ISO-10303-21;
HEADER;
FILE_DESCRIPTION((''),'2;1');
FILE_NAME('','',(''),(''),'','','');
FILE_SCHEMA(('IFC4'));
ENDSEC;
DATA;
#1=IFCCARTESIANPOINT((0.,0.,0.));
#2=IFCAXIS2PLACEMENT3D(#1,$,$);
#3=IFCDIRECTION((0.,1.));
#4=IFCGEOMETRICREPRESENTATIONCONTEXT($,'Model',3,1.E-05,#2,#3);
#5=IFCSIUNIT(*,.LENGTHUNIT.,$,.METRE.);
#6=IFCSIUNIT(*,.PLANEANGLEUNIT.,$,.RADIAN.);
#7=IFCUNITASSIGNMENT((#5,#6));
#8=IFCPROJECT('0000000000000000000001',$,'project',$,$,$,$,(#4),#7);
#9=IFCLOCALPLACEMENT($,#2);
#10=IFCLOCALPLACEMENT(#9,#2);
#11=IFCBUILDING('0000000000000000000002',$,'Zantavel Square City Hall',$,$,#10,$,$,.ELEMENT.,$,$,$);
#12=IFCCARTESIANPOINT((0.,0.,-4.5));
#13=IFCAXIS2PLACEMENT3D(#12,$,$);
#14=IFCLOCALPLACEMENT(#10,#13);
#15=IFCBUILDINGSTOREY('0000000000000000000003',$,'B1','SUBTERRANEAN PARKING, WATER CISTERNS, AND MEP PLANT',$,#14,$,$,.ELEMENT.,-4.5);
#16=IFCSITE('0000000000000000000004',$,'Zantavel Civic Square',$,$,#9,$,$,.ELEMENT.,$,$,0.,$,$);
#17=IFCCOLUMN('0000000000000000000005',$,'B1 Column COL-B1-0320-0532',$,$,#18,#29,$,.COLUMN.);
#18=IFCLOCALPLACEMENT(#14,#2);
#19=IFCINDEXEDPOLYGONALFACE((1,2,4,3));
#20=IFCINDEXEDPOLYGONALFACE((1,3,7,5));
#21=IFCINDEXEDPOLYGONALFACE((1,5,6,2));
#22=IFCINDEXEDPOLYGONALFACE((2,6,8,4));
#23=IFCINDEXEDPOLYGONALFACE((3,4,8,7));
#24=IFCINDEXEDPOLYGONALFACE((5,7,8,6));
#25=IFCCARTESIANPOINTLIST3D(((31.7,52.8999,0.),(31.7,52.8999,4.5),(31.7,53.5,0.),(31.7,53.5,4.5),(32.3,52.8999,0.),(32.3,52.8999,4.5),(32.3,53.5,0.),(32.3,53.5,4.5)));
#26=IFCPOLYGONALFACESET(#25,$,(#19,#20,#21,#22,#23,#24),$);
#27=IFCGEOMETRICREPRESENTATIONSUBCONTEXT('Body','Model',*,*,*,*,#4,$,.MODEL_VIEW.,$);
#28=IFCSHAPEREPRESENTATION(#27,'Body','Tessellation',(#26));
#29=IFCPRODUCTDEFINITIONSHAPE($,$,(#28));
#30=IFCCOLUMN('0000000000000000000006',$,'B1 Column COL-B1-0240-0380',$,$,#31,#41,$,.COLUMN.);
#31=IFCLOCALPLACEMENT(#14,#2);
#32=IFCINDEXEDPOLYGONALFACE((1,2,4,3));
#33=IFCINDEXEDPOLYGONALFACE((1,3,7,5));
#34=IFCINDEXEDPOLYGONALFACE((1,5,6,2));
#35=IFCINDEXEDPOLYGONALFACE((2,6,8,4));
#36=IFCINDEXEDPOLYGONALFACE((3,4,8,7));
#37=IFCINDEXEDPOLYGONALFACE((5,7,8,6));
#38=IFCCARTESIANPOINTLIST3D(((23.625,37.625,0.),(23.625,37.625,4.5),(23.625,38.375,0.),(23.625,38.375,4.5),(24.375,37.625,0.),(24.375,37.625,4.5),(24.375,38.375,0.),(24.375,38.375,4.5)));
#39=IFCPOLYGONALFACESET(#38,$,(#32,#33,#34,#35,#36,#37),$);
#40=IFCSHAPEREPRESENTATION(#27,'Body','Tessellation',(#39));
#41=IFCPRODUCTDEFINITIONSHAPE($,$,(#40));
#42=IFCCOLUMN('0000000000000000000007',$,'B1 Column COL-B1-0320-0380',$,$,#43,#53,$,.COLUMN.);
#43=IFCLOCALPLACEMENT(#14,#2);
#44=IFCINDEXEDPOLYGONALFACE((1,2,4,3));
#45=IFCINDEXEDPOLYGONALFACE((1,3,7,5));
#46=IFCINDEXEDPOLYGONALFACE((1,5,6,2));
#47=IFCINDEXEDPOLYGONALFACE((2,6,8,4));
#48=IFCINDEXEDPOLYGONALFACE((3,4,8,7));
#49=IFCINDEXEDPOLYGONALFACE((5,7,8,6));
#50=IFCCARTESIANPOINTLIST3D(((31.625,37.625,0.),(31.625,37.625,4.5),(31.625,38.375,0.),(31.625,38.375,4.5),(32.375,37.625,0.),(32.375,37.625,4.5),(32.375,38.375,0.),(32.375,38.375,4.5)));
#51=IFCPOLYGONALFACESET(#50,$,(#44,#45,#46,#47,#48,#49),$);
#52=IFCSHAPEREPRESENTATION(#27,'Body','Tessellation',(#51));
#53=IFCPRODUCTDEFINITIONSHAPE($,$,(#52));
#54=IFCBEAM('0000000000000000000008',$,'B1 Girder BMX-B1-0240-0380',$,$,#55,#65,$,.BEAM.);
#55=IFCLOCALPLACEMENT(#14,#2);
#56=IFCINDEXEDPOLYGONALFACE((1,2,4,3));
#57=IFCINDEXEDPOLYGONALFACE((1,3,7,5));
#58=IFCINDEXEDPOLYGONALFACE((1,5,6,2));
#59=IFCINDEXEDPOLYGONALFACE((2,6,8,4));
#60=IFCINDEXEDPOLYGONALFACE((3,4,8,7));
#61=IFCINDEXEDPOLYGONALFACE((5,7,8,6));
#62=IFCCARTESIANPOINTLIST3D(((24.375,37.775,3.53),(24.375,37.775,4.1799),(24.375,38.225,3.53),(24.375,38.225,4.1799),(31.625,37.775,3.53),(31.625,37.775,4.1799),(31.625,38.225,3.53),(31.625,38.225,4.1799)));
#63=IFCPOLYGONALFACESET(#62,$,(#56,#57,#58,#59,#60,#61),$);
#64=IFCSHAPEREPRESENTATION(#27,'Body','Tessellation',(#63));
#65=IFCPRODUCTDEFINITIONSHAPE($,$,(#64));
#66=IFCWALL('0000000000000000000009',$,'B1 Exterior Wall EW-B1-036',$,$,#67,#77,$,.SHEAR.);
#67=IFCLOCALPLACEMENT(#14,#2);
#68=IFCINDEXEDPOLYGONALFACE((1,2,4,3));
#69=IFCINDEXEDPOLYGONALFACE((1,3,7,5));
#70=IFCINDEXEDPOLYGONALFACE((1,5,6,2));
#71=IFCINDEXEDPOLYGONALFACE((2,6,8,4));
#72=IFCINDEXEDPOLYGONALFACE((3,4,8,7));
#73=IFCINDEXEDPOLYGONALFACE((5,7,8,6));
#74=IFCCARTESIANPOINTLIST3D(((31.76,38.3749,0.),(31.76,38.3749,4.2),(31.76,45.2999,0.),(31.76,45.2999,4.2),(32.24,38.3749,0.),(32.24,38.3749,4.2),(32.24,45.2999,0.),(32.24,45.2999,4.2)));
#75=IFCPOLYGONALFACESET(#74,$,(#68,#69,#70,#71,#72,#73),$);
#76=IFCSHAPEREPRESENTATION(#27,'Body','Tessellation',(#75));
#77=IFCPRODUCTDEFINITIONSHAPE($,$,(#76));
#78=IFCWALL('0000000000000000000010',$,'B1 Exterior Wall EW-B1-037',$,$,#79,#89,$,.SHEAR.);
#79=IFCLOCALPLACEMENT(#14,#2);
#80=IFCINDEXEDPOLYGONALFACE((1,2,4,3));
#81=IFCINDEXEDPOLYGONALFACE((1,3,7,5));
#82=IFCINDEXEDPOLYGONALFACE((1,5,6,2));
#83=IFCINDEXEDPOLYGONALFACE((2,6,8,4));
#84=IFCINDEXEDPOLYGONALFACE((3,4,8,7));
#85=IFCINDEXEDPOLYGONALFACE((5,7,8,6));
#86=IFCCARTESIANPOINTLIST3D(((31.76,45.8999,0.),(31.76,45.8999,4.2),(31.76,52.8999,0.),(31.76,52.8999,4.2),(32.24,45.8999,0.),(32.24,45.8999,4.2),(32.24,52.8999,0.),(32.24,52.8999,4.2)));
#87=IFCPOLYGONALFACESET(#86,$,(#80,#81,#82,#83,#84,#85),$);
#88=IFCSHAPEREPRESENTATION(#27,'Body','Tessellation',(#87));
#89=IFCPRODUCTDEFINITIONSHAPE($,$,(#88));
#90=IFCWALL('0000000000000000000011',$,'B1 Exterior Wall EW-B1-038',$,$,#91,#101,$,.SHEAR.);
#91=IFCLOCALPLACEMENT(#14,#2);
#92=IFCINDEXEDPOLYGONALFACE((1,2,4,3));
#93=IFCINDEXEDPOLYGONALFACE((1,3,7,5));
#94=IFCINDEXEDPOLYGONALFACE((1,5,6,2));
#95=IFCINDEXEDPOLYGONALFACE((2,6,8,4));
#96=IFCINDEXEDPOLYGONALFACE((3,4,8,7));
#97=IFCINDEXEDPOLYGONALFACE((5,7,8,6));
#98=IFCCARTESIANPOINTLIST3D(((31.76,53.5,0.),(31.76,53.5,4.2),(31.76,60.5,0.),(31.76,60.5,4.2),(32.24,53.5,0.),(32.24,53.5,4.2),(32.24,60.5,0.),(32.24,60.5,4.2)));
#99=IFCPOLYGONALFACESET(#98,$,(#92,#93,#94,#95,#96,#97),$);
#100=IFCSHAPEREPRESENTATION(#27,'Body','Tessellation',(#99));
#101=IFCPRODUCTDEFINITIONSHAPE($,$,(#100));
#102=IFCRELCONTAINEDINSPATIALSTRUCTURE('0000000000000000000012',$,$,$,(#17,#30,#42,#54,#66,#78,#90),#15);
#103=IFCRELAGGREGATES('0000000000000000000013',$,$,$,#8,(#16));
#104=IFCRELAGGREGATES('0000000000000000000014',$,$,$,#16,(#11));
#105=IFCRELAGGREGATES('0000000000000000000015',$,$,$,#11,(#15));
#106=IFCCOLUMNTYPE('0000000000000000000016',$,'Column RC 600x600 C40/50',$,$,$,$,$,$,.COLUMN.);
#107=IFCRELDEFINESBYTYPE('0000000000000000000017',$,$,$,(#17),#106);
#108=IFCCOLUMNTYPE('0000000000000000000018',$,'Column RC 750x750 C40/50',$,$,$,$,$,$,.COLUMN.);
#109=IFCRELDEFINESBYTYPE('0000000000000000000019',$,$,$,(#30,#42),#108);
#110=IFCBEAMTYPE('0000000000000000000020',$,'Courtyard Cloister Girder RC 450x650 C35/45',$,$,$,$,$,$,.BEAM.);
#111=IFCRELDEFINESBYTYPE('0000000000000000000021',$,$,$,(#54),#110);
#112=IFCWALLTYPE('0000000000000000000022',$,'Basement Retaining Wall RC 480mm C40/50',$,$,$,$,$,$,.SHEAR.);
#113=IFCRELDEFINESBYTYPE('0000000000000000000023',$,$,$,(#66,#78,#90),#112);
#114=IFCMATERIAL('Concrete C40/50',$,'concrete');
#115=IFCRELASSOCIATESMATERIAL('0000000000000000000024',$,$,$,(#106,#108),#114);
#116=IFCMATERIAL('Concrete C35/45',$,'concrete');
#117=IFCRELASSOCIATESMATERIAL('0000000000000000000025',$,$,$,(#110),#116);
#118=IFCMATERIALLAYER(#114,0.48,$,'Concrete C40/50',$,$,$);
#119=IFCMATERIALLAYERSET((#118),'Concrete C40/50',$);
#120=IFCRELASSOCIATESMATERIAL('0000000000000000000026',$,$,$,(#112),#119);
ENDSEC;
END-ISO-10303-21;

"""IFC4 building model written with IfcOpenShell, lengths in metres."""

from ifc_helpers import new_model, si_unit, direction, frame, frame_2d, origin, origin_2d, place, context, subcontext, project, spatial, rectangle, extrude, material, layer, layer_set, material_profile, profile_set, type_object, element, save


model = new_model("IFC4")

# Units and contexts
model_context = context("Model", 3, precision=1e-05, world=origin(), true_north=direction((0.0, 1.0)))
body_context = subcontext(model_context, "Body", "Model", "MODEL_VIEW")
ifc_project = project(units=[si_unit("LENGTHUNIT", "METRE"), si_unit("PLANEANGLEUNIT", "RADIAN")], contexts=[model_context])

# Site, building, storey
site_placement = place(None, origin())
site = spatial("IfcSite", under=ifc_project, at=site_placement, Name="Zantavel Civic Square", CompositionType="ELEMENT", RefElevation=0.0)
building_placement = place(site_placement, origin())
building = spatial("IfcBuilding", under=site, at=building_placement, Name="Zantavel Square City Hall", CompositionType="ELEMENT")
storey_placement = place(building_placement, frame((0.0, 0.0, -4.5)))
storey = spatial("IfcBuildingStorey", under=building, at=storey_placement, Name="B1", Description="SUBTERRANEAN PARKING, WATER CISTERNS, AND MEP PLANT", CompositionType="ELEMENT", Elevation=-4.5)

# Shared definitions
ifc_material_1 = material(Name="Concrete C35/45", Category="concrete")

# Shared definitions
ifc_material_2 = material(Name="Concrete C40/50", Category="concrete")

# Columns
ifc_material_profile_1 = material_profile(ifc_material_2, rectangle(XDim=0.6001, YDim=0.6001, at=origin_2d()), Name="RC 600x600")
ifc_profile_set_1 = profile_set([ifc_material_profile_1], Name="Concrete C40/50")
column_type_1 = type_object("IfcColumnType", Name="Column RC 600x600 C40/50", PredefinedType="COLUMN", material=ifc_profile_set_1)
for number, where, z_axis, x_axis, name in (
    (1, (32.0, 53.2, 0.0), (0.0, 0.0, 1.0), (1.0, 0.0, 0.0), "B1 Column COL-B1-0320-0532"),
):
    element("IfcColumn", number, at=place(storey_placement, frame(where, z_axis=z_axis, x_axis=x_axis)), inside=storey, type_object=column_type_1, Name=name, PredefinedType="COLUMN", context=body_context, shape_type="SweptSolid", body=[
        extrude(rectangle(XDim=0.6001, YDim=0.6001, at=origin_2d()), origin(), (0.0, 0.0, 1.0), 4.5),
    ])
ifc_material_profile_2 = material_profile(ifc_material_2, rectangle(XDim=0.75, YDim=0.75, at=origin_2d()), Name="RC 750x750")
ifc_profile_set_2 = profile_set([ifc_material_profile_2], Name="Concrete C40/50")
column_type_2 = type_object("IfcColumnType", Name="Column RC 750x750 C40/50", PredefinedType="COLUMN", material=ifc_profile_set_2)
for number, where, z_axis, x_axis, name in (
    (2, (24.0, 38.0, 0.0), (0.0, 0.0, 1.0), (1.0, 0.0, 0.0), "B1 Column COL-B1-0240-0380"),
    (3, (32.0, 38.0, 0.0), (0.0, 0.0, 1.0), (1.0, 0.0, 0.0), "B1 Column COL-B1-0320-0380"),
):
    element("IfcColumn", number, at=place(storey_placement, frame(where, z_axis=z_axis, x_axis=x_axis)), inside=storey, type_object=column_type_2, Name=name, PredefinedType="COLUMN", context=body_context, shape_type="SweptSolid", body=[
        extrude(rectangle(XDim=0.75, YDim=0.75, at=origin_2d()), origin(), (0.0, 0.0, 1.0), 4.5),
    ])

# Beam
ifc_material_profile_3 = material_profile(ifc_material_1, rectangle(XDim=0.45, YDim=0.6499, at=origin_2d()), Name="RC 450x650")
ifc_profile_set_3 = profile_set([ifc_material_profile_3], Name="Concrete C35/45")
beam_type = type_object("IfcBeamType", Name="Courtyard Cloister Girder RC 450x650 C35/45", PredefinedType="BEAM", material=ifc_profile_set_3)
beam_placement = place(storey_placement, frame((24.375, 38.0, 3.855), z_axis=(1.0, 0.0, 0.0), x_axis=(0.0, 1.0, 0.0)))
element("IfcBeam", 4, at=beam_placement, inside=storey, type_object=beam_type, Name="B1 Girder BMX-B1-0240-0380", PredefinedType="BEAM", context=body_context, shape_type="SweptSolid", body=[
    extrude(rectangle(XDim=0.45, YDim=0.6499, at=origin_2d()), origin(), (0.0, 0.0, 1.0), 7.25),
])

# Walls
ifc_layer_1 = layer(ifc_material_2, 0.48, Name="Concrete C40/50")
ifc_layer_set_1 = layer_set([ifc_layer_1], Name="Concrete C40/50")
wall_type = type_object("IfcWallType", Name="Basement Retaining Wall RC 480mm C40/50", PredefinedType="SHEAR", material=ifc_layer_set_1)
wall_placement = place(storey_placement, frame((32.0, 38.375, 0.0), z_axis=(0.0, 0.0, 1.0), x_axis=(0.0, 1.0, 0.0)))
element("IfcWall", 5, at=wall_placement, inside=storey, type_object=wall_type, Name="B1 Exterior Wall EW-B1-036", PredefinedType="SHEAR", context=body_context, shape_type="SweptSolid", body=[
    extrude(rectangle(XDim=6.925, YDim=0.48, at=frame_2d((3.4624, 0.0))), origin(), (0.0, 0.0, 1.0), 4.2),
])
for number, where, z_axis, x_axis, name in (
    (6, (32.0, 45.8999, 0.0), (0.0, 0.0, 1.0), (0.0, 1.0, 0.0), "B1 Exterior Wall EW-B1-037"),
    (7, (32.0, 53.5, 0.0), (0.0, 0.0, 1.0), (0.0, 1.0, 0.0), "B1 Exterior Wall EW-B1-038"),
):
    element("IfcWall", number, at=place(storey_placement, frame(where, z_axis=z_axis, x_axis=x_axis)), inside=storey, type_object=wall_type, Name=name, PredefinedType="SHEAR", context=body_context, shape_type="SweptSolid", body=[
        extrude(rectangle(XDim=7.0, YDim=0.48, at=frame_2d((3.5, 0.0))), origin(), (0.0, 0.0, 1.0), 4.2),
    ])

save(model, "model.ifc")
